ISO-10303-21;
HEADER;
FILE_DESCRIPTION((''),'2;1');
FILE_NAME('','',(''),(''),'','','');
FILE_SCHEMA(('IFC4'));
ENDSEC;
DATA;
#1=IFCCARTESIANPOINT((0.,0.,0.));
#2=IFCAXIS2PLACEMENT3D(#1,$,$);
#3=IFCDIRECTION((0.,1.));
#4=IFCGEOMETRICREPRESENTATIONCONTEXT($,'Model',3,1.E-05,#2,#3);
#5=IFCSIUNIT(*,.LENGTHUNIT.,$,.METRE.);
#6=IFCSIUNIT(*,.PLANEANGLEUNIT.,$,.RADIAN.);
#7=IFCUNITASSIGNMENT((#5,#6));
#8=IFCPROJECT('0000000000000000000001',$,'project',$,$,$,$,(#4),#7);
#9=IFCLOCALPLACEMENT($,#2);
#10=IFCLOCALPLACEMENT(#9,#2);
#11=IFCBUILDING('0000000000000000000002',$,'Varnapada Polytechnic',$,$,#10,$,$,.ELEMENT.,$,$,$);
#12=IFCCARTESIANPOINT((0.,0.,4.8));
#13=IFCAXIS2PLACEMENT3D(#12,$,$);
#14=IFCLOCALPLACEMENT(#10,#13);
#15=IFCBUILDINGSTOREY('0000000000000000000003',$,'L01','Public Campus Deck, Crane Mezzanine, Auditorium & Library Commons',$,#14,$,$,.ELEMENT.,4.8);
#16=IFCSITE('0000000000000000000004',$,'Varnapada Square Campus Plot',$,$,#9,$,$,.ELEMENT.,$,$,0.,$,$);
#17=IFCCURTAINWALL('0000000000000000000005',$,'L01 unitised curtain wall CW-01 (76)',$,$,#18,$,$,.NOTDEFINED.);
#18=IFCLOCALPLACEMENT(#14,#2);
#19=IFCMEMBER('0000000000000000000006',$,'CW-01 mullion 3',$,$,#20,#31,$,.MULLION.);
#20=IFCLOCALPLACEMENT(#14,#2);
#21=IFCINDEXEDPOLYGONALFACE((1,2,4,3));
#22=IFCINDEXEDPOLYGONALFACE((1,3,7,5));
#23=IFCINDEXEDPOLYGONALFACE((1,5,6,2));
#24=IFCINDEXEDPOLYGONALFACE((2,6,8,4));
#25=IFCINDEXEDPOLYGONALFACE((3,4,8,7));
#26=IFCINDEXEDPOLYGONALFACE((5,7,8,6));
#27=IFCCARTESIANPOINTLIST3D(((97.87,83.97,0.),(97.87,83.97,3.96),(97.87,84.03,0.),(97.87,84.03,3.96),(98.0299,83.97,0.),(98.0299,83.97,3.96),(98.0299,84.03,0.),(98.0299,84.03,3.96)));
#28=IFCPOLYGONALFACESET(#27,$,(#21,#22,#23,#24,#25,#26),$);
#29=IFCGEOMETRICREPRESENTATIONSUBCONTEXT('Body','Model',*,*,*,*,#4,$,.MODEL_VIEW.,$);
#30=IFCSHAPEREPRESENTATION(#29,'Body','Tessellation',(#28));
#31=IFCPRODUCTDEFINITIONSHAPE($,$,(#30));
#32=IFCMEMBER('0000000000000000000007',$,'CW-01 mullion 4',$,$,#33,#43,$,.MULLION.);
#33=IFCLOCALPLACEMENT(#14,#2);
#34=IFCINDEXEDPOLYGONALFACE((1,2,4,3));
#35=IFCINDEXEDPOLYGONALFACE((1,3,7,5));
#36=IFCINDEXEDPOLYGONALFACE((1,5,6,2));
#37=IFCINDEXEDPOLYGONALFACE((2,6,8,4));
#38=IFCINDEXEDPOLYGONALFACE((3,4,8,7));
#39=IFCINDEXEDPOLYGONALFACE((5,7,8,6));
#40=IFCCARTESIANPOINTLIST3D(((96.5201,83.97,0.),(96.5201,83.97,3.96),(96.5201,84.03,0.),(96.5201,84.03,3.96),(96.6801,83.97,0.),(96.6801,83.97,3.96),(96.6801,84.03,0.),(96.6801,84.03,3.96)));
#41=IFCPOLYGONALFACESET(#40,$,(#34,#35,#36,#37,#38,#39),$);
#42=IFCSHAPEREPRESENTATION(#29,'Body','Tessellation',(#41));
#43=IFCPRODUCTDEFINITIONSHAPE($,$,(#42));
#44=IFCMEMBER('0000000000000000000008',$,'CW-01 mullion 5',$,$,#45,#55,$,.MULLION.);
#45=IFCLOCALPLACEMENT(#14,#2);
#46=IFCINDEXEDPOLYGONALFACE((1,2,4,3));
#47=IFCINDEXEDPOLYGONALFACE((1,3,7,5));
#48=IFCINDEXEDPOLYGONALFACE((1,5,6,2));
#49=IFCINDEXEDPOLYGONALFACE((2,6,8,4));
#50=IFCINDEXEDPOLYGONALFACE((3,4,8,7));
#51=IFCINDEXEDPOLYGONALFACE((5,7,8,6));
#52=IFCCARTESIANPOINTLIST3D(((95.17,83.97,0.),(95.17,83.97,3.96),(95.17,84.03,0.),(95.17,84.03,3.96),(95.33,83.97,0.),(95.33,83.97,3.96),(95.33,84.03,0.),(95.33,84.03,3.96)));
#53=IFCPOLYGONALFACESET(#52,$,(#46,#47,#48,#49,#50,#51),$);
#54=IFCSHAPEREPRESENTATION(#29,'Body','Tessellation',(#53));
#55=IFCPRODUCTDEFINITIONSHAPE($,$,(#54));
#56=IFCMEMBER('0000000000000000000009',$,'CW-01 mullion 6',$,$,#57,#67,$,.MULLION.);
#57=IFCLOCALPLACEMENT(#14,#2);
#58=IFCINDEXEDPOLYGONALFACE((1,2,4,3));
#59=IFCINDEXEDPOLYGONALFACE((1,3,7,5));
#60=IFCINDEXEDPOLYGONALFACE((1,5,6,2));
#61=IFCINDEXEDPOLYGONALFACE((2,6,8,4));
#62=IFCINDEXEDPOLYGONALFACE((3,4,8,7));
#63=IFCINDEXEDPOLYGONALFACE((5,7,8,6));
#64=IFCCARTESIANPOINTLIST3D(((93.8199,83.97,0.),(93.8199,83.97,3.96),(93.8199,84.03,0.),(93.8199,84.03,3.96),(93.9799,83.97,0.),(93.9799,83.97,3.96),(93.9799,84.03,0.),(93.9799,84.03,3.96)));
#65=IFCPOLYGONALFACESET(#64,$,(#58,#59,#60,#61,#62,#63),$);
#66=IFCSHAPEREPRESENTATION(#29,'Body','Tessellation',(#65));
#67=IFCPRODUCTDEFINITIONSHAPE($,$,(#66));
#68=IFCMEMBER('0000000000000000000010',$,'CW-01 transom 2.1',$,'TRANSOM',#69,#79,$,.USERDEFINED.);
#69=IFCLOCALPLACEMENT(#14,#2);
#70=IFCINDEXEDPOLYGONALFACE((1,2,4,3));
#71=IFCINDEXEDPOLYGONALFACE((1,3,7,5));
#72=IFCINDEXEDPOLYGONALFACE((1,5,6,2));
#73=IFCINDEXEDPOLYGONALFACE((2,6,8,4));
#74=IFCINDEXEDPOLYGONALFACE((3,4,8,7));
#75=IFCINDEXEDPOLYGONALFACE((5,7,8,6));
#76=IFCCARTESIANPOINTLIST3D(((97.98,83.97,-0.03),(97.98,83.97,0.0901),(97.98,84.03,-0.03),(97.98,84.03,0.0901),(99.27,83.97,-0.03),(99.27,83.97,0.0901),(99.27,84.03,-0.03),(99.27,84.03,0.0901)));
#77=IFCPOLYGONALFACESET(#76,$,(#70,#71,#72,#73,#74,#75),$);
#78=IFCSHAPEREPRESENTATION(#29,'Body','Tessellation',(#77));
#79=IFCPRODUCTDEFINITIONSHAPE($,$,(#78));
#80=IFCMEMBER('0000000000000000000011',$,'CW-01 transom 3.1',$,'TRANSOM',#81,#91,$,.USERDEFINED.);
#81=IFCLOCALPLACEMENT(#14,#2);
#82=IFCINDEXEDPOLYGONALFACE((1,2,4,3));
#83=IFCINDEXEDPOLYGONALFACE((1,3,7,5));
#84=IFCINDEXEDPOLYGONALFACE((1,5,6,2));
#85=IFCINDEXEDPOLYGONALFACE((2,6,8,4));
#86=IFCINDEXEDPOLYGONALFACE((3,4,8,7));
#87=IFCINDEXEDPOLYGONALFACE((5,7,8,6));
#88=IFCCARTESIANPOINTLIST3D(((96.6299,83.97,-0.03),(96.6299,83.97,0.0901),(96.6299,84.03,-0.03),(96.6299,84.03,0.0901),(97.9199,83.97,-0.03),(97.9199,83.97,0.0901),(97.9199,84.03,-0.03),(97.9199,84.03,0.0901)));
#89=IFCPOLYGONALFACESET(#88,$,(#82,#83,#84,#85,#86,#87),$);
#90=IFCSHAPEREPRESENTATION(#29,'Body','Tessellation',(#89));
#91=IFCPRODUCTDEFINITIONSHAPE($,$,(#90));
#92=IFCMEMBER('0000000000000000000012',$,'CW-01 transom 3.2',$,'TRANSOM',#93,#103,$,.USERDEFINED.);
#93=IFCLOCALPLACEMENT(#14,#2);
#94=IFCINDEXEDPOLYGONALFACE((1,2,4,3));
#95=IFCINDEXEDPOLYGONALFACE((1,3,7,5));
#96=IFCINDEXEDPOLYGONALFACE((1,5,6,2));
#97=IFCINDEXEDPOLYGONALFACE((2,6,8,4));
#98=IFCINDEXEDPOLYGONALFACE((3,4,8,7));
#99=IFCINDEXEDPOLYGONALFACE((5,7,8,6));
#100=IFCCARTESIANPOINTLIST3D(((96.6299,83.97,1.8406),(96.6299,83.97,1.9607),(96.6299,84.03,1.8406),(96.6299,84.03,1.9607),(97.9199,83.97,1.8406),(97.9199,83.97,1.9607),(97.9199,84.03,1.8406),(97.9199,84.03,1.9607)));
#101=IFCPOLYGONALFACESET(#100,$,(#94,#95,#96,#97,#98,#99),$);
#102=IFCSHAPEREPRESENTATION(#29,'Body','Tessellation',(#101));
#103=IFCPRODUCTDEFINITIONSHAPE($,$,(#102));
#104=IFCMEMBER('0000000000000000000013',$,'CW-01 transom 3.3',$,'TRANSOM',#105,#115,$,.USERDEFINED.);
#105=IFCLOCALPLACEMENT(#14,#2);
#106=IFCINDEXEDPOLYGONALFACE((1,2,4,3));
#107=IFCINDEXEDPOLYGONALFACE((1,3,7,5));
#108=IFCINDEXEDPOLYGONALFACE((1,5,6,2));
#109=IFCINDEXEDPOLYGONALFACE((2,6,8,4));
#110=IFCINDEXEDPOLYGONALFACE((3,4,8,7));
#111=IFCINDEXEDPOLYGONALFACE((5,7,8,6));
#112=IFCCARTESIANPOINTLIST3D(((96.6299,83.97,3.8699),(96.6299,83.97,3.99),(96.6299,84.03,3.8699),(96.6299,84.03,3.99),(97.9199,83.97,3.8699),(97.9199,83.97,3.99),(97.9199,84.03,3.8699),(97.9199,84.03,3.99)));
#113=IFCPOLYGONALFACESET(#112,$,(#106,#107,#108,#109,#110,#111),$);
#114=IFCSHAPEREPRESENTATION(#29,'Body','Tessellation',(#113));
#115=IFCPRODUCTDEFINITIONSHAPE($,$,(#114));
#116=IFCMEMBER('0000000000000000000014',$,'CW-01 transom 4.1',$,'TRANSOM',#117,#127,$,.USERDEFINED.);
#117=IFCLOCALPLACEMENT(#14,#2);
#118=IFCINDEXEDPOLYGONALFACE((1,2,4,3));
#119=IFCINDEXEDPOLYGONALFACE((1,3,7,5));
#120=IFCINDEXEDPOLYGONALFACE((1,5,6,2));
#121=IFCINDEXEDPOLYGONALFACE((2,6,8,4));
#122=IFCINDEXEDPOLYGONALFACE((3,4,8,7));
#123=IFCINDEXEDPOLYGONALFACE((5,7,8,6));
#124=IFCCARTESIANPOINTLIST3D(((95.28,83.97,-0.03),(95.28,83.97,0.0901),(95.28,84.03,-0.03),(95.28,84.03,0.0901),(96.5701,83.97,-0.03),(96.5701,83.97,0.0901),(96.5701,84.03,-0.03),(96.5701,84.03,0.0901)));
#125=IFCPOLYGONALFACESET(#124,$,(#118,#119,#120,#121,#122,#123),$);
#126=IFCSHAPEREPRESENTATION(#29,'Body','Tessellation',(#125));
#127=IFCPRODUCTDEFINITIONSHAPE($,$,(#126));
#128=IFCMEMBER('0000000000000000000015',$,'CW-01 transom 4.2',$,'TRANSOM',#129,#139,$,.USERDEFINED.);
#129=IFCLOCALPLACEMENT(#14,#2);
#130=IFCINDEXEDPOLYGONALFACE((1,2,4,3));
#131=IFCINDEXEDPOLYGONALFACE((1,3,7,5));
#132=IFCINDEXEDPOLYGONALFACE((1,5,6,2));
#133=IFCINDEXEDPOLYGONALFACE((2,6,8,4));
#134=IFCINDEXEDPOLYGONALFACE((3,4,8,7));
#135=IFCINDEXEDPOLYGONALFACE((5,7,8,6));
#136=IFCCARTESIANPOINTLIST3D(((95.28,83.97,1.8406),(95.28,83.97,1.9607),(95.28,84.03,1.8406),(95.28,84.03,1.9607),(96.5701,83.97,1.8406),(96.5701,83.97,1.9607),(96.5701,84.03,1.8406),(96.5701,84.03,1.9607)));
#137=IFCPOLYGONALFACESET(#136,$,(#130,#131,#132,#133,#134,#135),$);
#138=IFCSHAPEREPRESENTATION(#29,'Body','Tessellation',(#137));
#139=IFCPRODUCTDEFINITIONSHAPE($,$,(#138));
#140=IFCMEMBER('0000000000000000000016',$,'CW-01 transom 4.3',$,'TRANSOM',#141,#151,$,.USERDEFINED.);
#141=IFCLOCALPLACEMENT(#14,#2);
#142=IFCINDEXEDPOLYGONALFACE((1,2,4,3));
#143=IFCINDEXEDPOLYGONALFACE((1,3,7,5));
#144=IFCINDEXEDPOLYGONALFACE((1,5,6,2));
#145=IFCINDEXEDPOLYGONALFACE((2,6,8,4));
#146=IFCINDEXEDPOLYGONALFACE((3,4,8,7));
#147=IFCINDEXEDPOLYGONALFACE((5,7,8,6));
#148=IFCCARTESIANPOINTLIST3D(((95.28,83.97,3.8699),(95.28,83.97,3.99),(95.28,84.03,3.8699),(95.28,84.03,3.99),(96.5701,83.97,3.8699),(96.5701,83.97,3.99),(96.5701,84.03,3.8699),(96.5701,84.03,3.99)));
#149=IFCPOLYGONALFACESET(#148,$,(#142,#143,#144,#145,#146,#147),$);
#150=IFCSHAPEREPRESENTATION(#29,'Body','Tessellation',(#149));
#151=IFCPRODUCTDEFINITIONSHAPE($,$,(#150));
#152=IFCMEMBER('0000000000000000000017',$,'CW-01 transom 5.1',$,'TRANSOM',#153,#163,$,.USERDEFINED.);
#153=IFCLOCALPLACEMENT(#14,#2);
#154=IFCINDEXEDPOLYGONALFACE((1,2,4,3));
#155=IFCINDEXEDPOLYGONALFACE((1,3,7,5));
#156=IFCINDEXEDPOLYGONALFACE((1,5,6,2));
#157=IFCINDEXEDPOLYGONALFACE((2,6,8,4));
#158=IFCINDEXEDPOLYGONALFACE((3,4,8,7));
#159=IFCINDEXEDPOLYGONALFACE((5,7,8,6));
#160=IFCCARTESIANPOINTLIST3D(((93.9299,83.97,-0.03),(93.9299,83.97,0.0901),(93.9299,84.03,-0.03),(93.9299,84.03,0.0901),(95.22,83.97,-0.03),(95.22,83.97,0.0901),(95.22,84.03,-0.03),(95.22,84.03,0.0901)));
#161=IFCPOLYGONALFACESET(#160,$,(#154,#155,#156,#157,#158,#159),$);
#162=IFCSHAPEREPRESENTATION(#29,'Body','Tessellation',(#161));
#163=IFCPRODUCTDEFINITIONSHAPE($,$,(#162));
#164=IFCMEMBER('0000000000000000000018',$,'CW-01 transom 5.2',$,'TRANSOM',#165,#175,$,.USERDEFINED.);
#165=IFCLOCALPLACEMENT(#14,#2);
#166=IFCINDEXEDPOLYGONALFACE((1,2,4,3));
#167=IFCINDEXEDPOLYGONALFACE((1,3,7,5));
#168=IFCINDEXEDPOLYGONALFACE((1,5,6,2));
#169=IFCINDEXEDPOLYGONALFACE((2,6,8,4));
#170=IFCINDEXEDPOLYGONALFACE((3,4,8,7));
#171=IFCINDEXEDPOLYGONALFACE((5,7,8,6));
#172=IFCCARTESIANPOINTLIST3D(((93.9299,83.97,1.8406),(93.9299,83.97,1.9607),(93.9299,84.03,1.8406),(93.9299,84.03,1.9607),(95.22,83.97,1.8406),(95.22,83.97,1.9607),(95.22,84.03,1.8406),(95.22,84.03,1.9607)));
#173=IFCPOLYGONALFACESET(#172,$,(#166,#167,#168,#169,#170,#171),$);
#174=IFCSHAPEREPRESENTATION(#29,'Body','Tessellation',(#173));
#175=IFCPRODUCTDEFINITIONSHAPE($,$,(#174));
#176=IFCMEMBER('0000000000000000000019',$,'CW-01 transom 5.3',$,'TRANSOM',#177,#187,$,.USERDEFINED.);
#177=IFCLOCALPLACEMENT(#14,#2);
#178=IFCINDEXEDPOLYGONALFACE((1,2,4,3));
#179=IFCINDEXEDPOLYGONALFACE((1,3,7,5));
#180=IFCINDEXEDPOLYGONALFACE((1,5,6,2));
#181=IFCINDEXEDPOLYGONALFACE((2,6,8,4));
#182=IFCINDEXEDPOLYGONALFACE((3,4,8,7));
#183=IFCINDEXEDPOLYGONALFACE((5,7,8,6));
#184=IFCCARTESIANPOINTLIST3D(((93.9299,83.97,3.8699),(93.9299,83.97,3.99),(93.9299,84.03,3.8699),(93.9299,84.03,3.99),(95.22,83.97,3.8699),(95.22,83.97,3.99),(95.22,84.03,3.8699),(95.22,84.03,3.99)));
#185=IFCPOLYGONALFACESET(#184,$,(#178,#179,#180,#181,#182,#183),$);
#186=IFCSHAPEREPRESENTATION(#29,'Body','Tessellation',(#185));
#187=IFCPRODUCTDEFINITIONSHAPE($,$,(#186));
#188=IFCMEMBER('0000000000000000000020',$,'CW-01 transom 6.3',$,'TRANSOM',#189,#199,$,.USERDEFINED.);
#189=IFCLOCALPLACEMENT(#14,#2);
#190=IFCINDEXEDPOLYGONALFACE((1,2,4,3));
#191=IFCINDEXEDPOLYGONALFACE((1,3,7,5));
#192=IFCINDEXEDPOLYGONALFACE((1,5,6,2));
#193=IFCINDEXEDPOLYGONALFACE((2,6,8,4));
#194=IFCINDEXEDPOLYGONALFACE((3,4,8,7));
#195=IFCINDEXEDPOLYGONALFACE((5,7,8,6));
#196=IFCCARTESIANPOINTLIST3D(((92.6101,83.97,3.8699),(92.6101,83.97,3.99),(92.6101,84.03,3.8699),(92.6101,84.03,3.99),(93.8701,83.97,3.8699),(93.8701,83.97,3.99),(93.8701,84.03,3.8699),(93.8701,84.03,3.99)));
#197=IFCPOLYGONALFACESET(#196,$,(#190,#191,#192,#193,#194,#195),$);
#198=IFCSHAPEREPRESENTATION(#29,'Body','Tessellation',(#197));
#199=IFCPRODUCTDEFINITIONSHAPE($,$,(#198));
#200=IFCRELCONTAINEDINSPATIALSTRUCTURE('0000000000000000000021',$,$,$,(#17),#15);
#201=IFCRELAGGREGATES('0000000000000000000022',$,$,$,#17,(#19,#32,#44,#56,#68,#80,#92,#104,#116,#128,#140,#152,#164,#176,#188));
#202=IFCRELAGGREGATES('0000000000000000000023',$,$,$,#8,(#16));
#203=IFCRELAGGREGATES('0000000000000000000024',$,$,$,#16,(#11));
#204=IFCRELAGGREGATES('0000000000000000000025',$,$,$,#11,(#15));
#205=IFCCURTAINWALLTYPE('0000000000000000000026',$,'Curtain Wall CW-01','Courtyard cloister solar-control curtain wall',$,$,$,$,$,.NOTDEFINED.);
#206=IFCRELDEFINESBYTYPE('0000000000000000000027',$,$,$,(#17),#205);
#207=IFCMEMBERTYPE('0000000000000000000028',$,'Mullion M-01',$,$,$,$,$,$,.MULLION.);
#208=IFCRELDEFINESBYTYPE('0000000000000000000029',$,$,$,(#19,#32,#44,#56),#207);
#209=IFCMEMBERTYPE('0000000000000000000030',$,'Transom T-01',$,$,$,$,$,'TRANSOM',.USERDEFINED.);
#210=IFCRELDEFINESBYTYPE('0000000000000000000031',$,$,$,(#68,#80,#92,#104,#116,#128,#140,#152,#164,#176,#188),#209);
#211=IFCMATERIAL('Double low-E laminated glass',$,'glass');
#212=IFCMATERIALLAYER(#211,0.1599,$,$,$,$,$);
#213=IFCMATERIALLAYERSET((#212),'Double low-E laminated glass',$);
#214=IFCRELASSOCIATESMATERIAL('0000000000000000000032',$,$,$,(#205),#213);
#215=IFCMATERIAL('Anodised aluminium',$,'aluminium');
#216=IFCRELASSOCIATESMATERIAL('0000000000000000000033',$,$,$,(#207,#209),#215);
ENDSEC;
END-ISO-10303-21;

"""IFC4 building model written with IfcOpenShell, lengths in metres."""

from ifc_helpers import new_model, si_unit, direction, frame, origin, origin_2d, place, context, subcontext, project, spatial, rectangle, extrude, material, layer, layer_set, material_profile, profile_set, type_object, element, aggregate, save


model = new_model("IFC4")

# Units and contexts
model_context = context("Model", 3, precision=1e-05, world=origin(), true_north=direction((0.0, 1.0)))
body_context = subcontext(model_context, "Body", "Model", "MODEL_VIEW")
ifc_project = project(units=[si_unit("LENGTHUNIT", "METRE"), si_unit("PLANEANGLEUNIT", "RADIAN")], contexts=[model_context])

# Site, building, storey
site_placement = place(None, origin())
site = spatial("IfcSite", under=ifc_project, at=site_placement, Name="Varnapada Square Campus Plot", CompositionType="ELEMENT", RefElevation=0.0)
building_placement = place(site_placement, origin())
building = spatial("IfcBuilding", under=site, at=building_placement, Name="Varnapada Polytechnic", CompositionType="ELEMENT")
storey_placement = place(building_placement, frame((0.0, 0.0, 4.8)))
storey = spatial("IfcBuildingStorey", under=building, at=storey_placement, Name="L01", Description="Public Campus Deck, Crane Mezzanine, Auditorium & Library Commons", CompositionType="ELEMENT", Elevation=4.8)

# Curtain wall, members
ifc_material_1 = material(Name="Double low-E laminated glass", Category="glass")
ifc_layer_1 = layer(ifc_material_1, 0.1599)
ifc_layer_set_1 = layer_set([ifc_layer_1], Name="Double low-E laminated glass")
curtain_wall_type = type_object("IfcCurtainWallType", Name="Curtain Wall CW-01", Description="Courtyard cloister solar-control curtain wall", PredefinedType="NOTDEFINED", material=ifc_layer_set_1)
curtain_wall_placement = place(storey_placement, origin())
curtain_wall = element("IfcCurtainWall", 1, at=curtain_wall_placement, inside=storey, type_object=curtain_wall_type, Name="L01 unitised curtain wall CW-01 (76)", PredefinedType="NOTDEFINED")
ifc_material_2 = material(Name="Anodised aluminium", Category="aluminium")
ifc_material_profile_1 = material_profile(ifc_material_2, rectangle(XDim=0.0601, YDim=0.1599, at=origin_2d()), Name="ALU M60x160")
ifc_profile_set_1 = profile_set([ifc_material_profile_1], Name="Anodised aluminium")
member_type_1 = type_object("IfcMemberType", Name="Mullion M-01", PredefinedType="MULLION", material=ifc_profile_set_1)
member_1_placement = place(storey_placement, frame((97.95, 84.0, 0.0), z_axis=(0.0, 0.0, 1.0), x_axis=(0.0, -1.0, 0.0)))
member_1 = element("IfcMember", 2, at=member_1_placement, type_object=member_type_1, Name="CW-01 mullion 3", PredefinedType="MULLION", context=body_context, shape_type="SweptSolid", body=[
    extrude(rectangle(XDim=0.0601, YDim=0.1599, at=origin_2d()), origin(), (0.0, 0.0, 1.0), 3.96),
])
member_2_placement = place(storey_placement, frame((96.6001, 84.0, 0.0), z_axis=(0.0, 0.0, 1.0), x_axis=(0.0, -1.0, 0.0)))
member_2 = element("IfcMember", 3, at=member_2_placement, type_object=member_type_1, Name="CW-01 mullion 4", PredefinedType="MULLION", context=body_context, shape_type="SweptSolid", body=[
    extrude(rectangle(XDim=0.0601, YDim=0.1599, at=origin_2d()), origin(), (0.0, 0.0, 1.0), 3.96),
])
member_3_placement = place(storey_placement, frame((95.25, 84.0, 0.0), z_axis=(0.0, 0.0, 1.0), x_axis=(0.0, -1.0, 0.0)))
member_3 = element("IfcMember", 4, at=member_3_placement, type_object=member_type_1, Name="CW-01 mullion 5", PredefinedType="MULLION", context=body_context, shape_type="SweptSolid", body=[
    extrude(rectangle(XDim=0.0601, YDim=0.1599, at=origin_2d()), origin(), (0.0, 0.0, 1.0), 3.96),
])
member_4_placement = place(storey_placement, frame((93.8999, 84.0, 0.0), z_axis=(0.0, 0.0, 1.0), x_axis=(0.0, -1.0, 0.0)))
member_4 = element("IfcMember", 5, at=member_4_placement, type_object=member_type_1, Name="CW-01 mullion 6", PredefinedType="MULLION", context=body_context, shape_type="SweptSolid", body=[
    extrude(rectangle(XDim=0.0601, YDim=0.1599, at=origin_2d()), origin(), (0.0, 0.0, 1.0), 3.96),
])
ifc_material_profile_2 = material_profile(ifc_material_2, rectangle(XDim=0.0601, YDim=0.1201, at=origin_2d()), Name="ALU T60x120")
ifc_profile_set_2 = profile_set([ifc_material_profile_2], Name="Anodised aluminium")
member_type_2 = type_object("IfcMemberType", Name="Transom T-01", ElementType="TRANSOM", PredefinedType="USERDEFINED", material=ifc_profile_set_2)
member_5_placement = place(storey_placement, frame((99.27, 84.0, 0.03), z_axis=(-1.0, 0.0, 0.0), x_axis=(0.0, -1.0, 0.0)))
member_5 = element("IfcMember", 6, at=member_5_placement, type_object=member_type_2, Name="CW-01 transom 2.1", ObjectType="TRANSOM", PredefinedType="USERDEFINED", context=body_context, shape_type="SweptSolid", body=[
    extrude(rectangle(XDim=0.0601, YDim=0.1201, at=origin_2d()), origin(), (0.0, 0.0, 1.0), 1.29),
])
member_6_placement = place(storey_placement, frame((97.9199, 84.0, 0.03), z_axis=(-1.0, 0.0, 0.0), x_axis=(0.0, -1.0, 0.0)))
member_6 = element("IfcMember", 7, at=member_6_placement, type_object=member_type_2, Name="CW-01 transom 3.1", ObjectType="TRANSOM", PredefinedType="USERDEFINED", context=body_context, shape_type="SweptSolid", body=[
    extrude(rectangle(XDim=0.0601, YDim=0.1201, at=origin_2d()), origin(), (0.0, 0.0, 1.0), 1.29),
])
member_7_placement = place(storey_placement, frame((97.9199, 84.0, 1.9006), z_axis=(-1.0, 0.0, 0.0), x_axis=(0.0, -1.0, 0.0)))
member_7 = element("IfcMember", 8, at=member_7_placement, type_object=member_type_2, Name="CW-01 transom 3.2", ObjectType="TRANSOM", PredefinedType="USERDEFINED", context=body_context, shape_type="SweptSolid", body=[
    extrude(rectangle(XDim=0.0601, YDim=0.1201, at=origin_2d()), origin(), (0.0, 0.0, 1.0), 1.29),
])
member_8_placement = place(storey_placement, frame((97.9199, 84.0, 3.9299), z_axis=(-1.0, 0.0, 0.0), x_axis=(0.0, -1.0, 0.0)))
member_8 = element("IfcMember", 9, at=member_8_placement, type_object=member_type_2, Name="CW-01 transom 3.3", ObjectType="TRANSOM", PredefinedType="USERDEFINED", context=body_context, shape_type="SweptSolid", body=[
    extrude(rectangle(XDim=0.0601, YDim=0.1201, at=origin_2d()), origin(), (0.0, 0.0, 1.0), 1.29),
])
member_9_placement = place(storey_placement, frame((96.5701, 84.0, 0.03), z_axis=(-1.0, 0.0, 0.0), x_axis=(0.0, -1.0, 0.0)))
member_9 = element("IfcMember", 10, at=member_9_placement, type_object=member_type_2, Name="CW-01 transom 4.1", ObjectType="TRANSOM", PredefinedType="USERDEFINED", context=body_context, shape_type="SweptSolid", body=[
    extrude(rectangle(XDim=0.0601, YDim=0.1201, at=origin_2d()), origin(), (0.0, 0.0, 1.0), 1.29),
])
member_10_placement = place(storey_placement, frame((96.5701, 84.0, 1.9006), z_axis=(-1.0, 0.0, 0.0), x_axis=(0.0, -1.0, 0.0)))
member_10 = element("IfcMember", 11, at=member_10_placement, type_object=member_type_2, Name="CW-01 transom 4.2", ObjectType="TRANSOM", PredefinedType="USERDEFINED", context=body_context, shape_type="SweptSolid", body=[
    extrude(rectangle(XDim=0.0601, YDim=0.1201, at=origin_2d()), origin(), (0.0, 0.0, 1.0), 1.29),
])
member_11_placement = place(storey_placement, frame((96.5701, 84.0, 3.9299), z_axis=(-1.0, 0.0, 0.0), x_axis=(0.0, -1.0, 0.0)))
member_11 = element("IfcMember", 12, at=member_11_placement, type_object=member_type_2, Name="CW-01 transom 4.3", ObjectType="TRANSOM", PredefinedType="USERDEFINED", context=body_context, shape_type="SweptSolid", body=[
    extrude(rectangle(XDim=0.0601, YDim=0.1201, at=origin_2d()), origin(), (0.0, 0.0, 1.0), 1.29),
])
member_12_placement = place(storey_placement, frame((95.22, 84.0, 0.03), z_axis=(-1.0, 0.0, 0.0), x_axis=(0.0, -1.0, 0.0)))
member_12 = element("IfcMember", 13, at=member_12_placement, type_object=member_type_2, Name="CW-01 transom 5.1", ObjectType="TRANSOM", PredefinedType="USERDEFINED", context=body_context, shape_type="SweptSolid", body=[
    extrude(rectangle(XDim=0.0601, YDim=0.1201, at=origin_2d()), origin(), (0.0, 0.0, 1.0), 1.29),
])
member_13_placement = place(storey_placement, frame((95.22, 84.0, 1.9006), z_axis=(-1.0, 0.0, 0.0), x_axis=(0.0, -1.0, 0.0)))
member_13 = element("IfcMember", 14, at=member_13_placement, type_object=member_type_2, Name="CW-01 transom 5.2", ObjectType="TRANSOM", PredefinedType="USERDEFINED", context=body_context, shape_type="SweptSolid", body=[
    extrude(rectangle(XDim=0.0601, YDim=0.1201, at=origin_2d()), origin(), (0.0, 0.0, 1.0), 1.29),
])
member_14_placement = place(storey_placement, frame((95.22, 84.0, 3.9299), z_axis=(-1.0, 0.0, 0.0), x_axis=(0.0, -1.0, 0.0)))
member_14 = element("IfcMember", 15, at=member_14_placement, type_object=member_type_2, Name="CW-01 transom 5.3", ObjectType="TRANSOM", PredefinedType="USERDEFINED", context=body_context, shape_type="SweptSolid", body=[
    extrude(rectangle(XDim=0.0601, YDim=0.1201, at=origin_2d()), origin(), (0.0, 0.0, 1.0), 1.29),
])
member_15_placement = place(storey_placement, frame((93.8701, 84.0, 3.9299), z_axis=(-1.0, 0.0, 0.0), x_axis=(0.0, -1.0, 0.0)))
member_15 = element("IfcMember", 16, at=member_15_placement, type_object=member_type_2, Name="CW-01 transom 6.3", ObjectType="TRANSOM", PredefinedType="USERDEFINED", context=body_context, shape_type="SweptSolid", body=[
    extrude(rectangle(XDim=0.0601, YDim=0.1201, at=origin_2d()), origin(), (0.0, 0.0, 1.0), 1.26),
])
aggregate(curtain_wall, [member_1, member_2, member_3, member_4, member_5, member_6, member_7, member_8, member_9, member_10, member_11, member_12, member_13, member_14, member_15])

save(model, "model.ifc")
